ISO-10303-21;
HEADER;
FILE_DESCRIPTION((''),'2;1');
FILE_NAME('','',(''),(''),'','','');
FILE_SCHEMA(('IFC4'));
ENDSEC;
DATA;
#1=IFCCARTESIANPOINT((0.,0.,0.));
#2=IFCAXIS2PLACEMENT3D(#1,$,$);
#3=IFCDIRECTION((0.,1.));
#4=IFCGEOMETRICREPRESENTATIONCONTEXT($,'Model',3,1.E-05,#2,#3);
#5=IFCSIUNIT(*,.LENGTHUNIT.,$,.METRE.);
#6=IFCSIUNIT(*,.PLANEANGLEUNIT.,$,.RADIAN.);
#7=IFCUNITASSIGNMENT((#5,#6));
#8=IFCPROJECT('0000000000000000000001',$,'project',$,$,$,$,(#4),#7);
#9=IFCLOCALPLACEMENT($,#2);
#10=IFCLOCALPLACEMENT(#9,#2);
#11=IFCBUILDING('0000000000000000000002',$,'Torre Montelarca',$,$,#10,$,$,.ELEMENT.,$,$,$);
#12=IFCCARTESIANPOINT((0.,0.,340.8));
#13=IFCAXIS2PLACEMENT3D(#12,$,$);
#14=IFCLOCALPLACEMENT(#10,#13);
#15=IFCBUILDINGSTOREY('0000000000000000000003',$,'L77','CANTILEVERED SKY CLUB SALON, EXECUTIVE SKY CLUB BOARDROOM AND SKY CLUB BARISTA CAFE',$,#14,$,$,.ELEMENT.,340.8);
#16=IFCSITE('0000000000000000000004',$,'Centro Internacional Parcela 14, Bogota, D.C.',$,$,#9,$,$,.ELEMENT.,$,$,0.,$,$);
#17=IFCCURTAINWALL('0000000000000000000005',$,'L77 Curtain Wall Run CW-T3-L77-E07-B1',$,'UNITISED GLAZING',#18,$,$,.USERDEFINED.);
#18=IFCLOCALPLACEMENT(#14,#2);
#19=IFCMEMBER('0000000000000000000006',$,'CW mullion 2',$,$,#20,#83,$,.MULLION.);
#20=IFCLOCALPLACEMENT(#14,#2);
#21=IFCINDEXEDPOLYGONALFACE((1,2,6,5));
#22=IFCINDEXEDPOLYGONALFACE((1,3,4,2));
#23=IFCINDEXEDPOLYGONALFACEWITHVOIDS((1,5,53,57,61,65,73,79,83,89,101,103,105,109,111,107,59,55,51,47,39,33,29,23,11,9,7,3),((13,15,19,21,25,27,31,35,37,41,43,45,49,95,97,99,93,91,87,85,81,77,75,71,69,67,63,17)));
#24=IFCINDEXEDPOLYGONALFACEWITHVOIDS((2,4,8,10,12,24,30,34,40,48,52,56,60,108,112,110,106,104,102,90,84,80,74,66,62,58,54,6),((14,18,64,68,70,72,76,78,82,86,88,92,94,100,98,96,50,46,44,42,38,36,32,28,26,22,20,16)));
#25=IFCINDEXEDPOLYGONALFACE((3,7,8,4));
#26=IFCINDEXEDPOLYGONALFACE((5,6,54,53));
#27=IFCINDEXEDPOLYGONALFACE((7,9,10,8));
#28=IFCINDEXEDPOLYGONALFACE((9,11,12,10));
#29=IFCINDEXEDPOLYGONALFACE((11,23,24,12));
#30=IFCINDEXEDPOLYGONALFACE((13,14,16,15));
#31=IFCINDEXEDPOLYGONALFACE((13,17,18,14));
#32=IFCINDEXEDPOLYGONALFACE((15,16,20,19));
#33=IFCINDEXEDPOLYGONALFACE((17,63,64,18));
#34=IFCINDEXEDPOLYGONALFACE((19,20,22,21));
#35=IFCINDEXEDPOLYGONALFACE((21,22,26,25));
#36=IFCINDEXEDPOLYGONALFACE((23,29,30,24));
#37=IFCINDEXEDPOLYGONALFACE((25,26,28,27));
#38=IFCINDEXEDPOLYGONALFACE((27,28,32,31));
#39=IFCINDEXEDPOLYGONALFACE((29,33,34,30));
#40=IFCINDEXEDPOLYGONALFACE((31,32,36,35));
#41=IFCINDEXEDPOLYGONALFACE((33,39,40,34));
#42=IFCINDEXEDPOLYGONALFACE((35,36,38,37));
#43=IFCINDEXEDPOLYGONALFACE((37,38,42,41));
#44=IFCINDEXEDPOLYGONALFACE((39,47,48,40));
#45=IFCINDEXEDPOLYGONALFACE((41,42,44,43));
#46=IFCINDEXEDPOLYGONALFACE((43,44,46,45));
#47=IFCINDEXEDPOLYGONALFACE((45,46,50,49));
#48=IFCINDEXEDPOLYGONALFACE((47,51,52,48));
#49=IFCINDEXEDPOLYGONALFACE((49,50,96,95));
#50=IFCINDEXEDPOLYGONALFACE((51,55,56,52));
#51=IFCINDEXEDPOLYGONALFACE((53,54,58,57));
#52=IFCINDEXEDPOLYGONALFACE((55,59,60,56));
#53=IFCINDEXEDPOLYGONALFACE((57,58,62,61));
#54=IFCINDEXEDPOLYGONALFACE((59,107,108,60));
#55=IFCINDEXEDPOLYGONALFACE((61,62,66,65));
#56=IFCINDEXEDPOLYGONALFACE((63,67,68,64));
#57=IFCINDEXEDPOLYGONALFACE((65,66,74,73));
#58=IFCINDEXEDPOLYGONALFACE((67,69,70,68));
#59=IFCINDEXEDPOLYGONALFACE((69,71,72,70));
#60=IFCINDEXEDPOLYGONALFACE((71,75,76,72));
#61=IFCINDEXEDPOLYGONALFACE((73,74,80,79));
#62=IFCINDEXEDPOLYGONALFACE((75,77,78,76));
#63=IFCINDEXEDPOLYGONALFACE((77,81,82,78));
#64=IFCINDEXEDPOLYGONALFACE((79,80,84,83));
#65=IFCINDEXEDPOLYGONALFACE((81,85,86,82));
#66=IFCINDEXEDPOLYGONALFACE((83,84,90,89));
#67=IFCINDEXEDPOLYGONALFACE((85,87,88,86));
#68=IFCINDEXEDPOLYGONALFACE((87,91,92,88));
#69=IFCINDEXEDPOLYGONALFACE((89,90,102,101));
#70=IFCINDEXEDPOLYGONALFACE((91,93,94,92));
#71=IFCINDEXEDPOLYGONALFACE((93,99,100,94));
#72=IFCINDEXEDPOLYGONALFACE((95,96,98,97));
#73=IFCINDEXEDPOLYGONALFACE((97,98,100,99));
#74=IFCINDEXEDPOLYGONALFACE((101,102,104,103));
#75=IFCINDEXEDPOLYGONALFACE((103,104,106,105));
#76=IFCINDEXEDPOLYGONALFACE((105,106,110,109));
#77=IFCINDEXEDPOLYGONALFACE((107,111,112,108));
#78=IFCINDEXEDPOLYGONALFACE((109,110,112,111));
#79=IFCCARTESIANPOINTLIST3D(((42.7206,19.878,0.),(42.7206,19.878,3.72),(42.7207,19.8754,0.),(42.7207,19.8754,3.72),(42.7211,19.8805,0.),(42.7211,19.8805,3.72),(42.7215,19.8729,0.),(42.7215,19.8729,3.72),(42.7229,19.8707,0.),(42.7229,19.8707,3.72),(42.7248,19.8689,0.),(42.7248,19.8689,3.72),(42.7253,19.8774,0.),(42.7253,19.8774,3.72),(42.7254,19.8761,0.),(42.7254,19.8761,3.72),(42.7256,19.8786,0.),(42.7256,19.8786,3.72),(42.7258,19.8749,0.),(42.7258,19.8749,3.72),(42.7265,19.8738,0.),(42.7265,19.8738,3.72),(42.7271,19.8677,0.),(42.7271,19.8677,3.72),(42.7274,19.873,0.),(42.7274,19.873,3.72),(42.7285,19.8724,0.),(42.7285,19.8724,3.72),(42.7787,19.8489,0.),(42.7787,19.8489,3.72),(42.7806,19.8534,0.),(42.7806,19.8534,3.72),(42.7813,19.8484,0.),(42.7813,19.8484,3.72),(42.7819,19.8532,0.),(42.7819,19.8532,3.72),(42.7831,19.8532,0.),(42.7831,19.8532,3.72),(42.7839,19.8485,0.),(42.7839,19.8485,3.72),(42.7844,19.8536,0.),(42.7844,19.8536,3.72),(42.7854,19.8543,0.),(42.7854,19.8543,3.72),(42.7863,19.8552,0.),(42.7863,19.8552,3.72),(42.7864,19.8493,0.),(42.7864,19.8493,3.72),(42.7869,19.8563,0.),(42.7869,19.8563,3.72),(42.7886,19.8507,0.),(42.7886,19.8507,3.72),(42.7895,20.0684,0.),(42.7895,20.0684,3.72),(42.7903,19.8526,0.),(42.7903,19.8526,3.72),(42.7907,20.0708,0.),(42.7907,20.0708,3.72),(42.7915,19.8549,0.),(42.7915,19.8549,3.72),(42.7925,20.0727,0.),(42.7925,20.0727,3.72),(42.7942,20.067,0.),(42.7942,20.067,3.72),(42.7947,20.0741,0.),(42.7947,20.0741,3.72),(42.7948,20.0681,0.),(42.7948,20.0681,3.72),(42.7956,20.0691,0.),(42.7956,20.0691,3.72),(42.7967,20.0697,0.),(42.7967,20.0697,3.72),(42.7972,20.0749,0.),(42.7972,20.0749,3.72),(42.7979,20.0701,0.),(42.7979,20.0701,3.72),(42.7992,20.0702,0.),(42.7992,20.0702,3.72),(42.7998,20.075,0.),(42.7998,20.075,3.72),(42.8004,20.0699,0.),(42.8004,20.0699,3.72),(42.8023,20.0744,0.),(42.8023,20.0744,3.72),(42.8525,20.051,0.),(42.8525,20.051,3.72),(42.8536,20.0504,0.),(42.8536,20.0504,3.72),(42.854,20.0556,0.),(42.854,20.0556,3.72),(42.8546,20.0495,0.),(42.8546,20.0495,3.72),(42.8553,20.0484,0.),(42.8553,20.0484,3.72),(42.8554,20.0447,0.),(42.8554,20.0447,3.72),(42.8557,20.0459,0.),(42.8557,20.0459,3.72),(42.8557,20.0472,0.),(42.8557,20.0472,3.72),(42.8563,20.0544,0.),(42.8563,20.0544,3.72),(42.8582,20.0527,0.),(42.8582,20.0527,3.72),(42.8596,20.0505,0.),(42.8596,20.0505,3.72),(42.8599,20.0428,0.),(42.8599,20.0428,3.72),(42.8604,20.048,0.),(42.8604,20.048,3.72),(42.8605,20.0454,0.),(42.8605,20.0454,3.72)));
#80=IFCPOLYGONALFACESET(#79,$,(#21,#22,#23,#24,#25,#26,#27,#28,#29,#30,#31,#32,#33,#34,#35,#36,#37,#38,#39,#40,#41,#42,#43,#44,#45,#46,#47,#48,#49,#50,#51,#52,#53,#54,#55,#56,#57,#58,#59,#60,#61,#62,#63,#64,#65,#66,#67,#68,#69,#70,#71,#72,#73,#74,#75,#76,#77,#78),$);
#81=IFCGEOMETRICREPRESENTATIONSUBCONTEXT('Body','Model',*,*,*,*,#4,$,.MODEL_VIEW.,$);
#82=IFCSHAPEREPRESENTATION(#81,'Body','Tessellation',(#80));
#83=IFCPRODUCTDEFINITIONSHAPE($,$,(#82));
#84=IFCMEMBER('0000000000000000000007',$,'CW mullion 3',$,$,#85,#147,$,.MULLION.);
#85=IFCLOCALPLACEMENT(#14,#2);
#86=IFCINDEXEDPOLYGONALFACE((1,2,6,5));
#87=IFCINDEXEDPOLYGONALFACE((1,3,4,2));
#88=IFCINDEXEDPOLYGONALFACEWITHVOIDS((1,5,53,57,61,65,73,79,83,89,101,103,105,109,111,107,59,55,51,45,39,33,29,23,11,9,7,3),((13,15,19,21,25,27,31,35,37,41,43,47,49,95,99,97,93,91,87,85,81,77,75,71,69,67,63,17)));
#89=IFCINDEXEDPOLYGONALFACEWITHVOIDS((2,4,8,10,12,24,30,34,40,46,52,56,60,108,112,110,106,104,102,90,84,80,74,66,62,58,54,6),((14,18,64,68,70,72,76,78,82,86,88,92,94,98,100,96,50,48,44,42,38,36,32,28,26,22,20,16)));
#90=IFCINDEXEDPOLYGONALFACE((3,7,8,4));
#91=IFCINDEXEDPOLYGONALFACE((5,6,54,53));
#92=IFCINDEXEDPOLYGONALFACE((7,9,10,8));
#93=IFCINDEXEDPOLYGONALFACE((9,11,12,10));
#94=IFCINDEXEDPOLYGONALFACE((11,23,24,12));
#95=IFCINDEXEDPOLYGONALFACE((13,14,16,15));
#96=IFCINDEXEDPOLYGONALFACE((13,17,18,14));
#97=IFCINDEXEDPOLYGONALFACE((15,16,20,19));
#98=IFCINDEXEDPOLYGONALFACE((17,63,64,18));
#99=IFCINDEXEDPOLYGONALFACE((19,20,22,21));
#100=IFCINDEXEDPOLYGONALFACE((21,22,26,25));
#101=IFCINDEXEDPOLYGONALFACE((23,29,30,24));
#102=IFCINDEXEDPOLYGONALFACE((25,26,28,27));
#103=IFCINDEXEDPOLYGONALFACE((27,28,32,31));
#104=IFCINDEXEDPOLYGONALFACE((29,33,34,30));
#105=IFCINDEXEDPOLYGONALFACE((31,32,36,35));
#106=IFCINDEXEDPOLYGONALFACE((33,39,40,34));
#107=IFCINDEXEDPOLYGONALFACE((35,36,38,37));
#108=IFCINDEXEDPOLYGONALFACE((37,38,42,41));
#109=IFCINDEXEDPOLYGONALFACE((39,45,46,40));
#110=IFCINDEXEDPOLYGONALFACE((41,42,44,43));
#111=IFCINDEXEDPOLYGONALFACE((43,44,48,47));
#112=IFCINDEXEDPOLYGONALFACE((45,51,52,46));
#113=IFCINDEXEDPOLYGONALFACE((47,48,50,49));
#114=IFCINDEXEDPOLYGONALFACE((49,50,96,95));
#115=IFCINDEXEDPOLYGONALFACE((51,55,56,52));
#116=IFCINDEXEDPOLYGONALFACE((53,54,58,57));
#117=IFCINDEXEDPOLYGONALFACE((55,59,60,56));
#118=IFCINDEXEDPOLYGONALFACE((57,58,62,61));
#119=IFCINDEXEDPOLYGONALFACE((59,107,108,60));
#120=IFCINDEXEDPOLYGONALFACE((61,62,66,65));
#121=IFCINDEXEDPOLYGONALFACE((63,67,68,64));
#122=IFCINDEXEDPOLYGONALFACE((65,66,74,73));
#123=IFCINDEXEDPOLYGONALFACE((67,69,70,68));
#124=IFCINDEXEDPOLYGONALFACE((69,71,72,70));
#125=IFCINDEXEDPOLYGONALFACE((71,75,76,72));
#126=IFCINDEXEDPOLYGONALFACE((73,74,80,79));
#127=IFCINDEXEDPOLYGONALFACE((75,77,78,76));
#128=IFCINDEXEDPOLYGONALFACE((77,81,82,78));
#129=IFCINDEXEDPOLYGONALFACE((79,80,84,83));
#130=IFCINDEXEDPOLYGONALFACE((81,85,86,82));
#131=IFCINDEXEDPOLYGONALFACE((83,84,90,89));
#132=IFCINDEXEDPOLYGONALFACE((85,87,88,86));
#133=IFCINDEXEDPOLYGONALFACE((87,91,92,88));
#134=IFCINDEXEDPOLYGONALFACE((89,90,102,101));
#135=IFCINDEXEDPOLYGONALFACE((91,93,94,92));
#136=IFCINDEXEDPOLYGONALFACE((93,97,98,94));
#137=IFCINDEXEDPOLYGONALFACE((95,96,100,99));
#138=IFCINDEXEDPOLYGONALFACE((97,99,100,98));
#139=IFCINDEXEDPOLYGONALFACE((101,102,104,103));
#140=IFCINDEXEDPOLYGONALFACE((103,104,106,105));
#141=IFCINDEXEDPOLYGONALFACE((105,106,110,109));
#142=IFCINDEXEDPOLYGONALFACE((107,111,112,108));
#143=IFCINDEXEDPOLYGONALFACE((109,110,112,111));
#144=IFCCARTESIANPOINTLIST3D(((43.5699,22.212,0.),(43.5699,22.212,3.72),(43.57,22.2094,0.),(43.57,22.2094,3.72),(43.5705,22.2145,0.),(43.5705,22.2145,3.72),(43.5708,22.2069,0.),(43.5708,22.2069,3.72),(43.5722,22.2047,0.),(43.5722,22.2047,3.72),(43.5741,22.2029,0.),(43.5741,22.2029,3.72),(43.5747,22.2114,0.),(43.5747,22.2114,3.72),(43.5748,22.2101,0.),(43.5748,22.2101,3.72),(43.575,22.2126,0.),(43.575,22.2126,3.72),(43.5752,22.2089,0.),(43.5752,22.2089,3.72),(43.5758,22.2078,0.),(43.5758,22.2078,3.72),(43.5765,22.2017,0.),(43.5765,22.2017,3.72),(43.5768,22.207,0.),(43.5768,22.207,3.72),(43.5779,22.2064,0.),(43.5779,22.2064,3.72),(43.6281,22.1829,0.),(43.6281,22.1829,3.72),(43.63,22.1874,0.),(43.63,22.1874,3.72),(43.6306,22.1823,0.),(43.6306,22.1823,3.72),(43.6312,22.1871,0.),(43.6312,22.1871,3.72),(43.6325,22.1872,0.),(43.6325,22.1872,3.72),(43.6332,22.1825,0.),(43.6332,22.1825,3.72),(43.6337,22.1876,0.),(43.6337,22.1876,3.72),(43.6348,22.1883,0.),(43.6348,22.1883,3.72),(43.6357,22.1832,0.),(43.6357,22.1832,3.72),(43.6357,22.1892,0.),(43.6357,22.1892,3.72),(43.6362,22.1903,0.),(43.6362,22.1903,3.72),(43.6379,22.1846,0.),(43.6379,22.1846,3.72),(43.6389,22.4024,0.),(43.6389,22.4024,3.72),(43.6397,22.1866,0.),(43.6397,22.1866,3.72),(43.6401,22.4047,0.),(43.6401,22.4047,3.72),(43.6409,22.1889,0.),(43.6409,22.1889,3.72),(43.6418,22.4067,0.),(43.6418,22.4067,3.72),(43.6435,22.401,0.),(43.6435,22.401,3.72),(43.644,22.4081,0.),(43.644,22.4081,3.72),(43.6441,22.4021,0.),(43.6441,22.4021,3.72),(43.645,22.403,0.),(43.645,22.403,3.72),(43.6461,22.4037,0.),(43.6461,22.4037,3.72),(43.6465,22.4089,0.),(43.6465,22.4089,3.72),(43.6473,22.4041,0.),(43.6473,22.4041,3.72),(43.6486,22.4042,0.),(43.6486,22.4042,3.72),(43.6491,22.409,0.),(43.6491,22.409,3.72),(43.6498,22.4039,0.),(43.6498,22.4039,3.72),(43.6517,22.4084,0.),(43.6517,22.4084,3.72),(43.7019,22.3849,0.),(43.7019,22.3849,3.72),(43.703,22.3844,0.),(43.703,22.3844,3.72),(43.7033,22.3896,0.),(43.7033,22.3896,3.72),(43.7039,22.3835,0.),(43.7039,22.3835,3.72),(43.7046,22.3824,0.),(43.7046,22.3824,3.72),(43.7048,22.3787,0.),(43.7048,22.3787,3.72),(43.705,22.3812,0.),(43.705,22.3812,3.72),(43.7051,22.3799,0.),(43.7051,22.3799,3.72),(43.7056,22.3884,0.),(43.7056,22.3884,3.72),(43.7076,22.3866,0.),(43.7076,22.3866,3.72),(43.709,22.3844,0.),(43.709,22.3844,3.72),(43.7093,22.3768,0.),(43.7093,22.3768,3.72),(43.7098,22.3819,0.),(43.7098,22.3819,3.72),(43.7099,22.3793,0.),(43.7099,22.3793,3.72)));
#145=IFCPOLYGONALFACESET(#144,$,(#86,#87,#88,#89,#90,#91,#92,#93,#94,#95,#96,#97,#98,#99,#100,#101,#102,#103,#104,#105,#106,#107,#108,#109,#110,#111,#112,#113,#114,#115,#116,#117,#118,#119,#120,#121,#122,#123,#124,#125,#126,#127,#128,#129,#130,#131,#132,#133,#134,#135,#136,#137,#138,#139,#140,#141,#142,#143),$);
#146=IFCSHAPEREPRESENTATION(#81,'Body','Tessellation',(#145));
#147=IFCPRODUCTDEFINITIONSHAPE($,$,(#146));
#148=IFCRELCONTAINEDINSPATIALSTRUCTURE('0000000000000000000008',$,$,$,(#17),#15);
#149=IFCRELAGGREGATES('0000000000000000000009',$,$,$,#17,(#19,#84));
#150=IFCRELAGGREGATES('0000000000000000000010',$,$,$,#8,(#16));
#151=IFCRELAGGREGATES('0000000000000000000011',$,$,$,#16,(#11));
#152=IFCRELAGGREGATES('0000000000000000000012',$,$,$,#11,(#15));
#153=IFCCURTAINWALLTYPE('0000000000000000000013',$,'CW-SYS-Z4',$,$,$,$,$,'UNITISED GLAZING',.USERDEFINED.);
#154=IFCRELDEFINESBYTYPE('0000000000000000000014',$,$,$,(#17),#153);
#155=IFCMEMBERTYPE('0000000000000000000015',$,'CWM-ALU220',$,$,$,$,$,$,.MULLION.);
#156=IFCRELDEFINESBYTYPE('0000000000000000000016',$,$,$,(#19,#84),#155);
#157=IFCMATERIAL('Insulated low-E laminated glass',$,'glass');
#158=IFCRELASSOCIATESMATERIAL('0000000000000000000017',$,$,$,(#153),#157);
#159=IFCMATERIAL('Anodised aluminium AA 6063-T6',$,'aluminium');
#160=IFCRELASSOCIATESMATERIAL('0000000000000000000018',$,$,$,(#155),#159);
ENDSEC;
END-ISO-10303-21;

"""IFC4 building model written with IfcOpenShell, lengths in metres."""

from ifc_helpers import new_model, si_unit, direction, frame, origin, origin_2d, place, context, subcontext, project, spatial, hollow_rectangle, extrude, source, transform, mapped, material, material_profile, profile_set, type_object, element, aggregate, save


model = new_model("IFC4")

# Units and contexts
model_context = context("Model", 3, precision=1e-05, world=origin(), true_north=direction((0.0, 1.0)))
body_context = subcontext(model_context, "Body", "Model", "MODEL_VIEW")
ifc_project = project(units=[si_unit("LENGTHUNIT", "METRE"), si_unit("PLANEANGLEUNIT", "RADIAN")], contexts=[model_context])

# Site, building, storey
site_placement = place(None, origin())
site = spatial("IfcSite", under=ifc_project, at=site_placement, Name="Centro Internacional Parcela 14, Bogota, D.C.", CompositionType="ELEMENT", RefElevation=0.0)
building_placement = place(site_placement, origin())
building = spatial("IfcBuilding", under=site, at=building_placement, Name="Torre Montelarca", CompositionType="ELEMENT")
storey_placement = place(building_placement, frame((0.0, 0.0, 340.8)))
storey = spatial("IfcBuildingStorey", under=building, at=storey_placement, Name="L77", Description="CANTILEVERED SKY CLUB SALON, EXECUTIVE SKY CLUB BOARDROOM AND SKY CLUB BARISTA CAFE", CompositionType="ELEMENT", Elevation=340.8)

# Curtain wall, members
ifc_material_1 = material(Name="Insulated low-E laminated glass", Category="glass")
curtain_wall_type = type_object("IfcCurtainWallType", Name="CW-SYS-Z4", ElementType="UNITISED GLAZING", PredefinedType="USERDEFINED", material=ifc_material_1)
ifc_material_2 = material(Name="Anodised aluminium AA 6063-T6", Category="aluminium")
ifc_material_profile_1 = material_profile(ifc_material_2, hollow_rectangle(XDim=0.075, YDim=0.22, WallThickness=0.0049, InnerFilletRadius=0.0049, OuterFilletRadius=0.01, at=origin_2d()), Name="ALU75X220X5", Category="aluminium")
ifc_profile_set_1 = profile_set([ifc_material_profile_1], Name="Anodised aluminium AA 6063-T6")
member_type_1 = type_object("IfcMemberType", Name="CWM-ALU220", PredefinedType="MULLION", material=ifc_profile_set_1)
shared_shape_1 = source(origin(), body_context, "Body", "SweptSolid", [
    extrude(hollow_rectangle(XDim=0.075, YDim=0.22, WallThickness=0.0049, InnerFilletRadius=0.0049, OuterFilletRadius=0.01, at=origin_2d()), origin(), (0.0, 0.0, 1.0), 3.72),
])
curtain_wall_1_placement = place(storey_placement, origin())
curtain_wall_1 = element("IfcCurtainWall", 1, at=curtain_wall_1_placement, inside=storey, type_object=curtain_wall_type, Name="L77 Curtain Wall Run CW-T3-L77-E07-B1", ObjectType="UNITISED GLAZING", PredefinedType="USERDEFINED")
member_1_placement = place(storey_placement, frame((42.7905, 19.9617, 0.0), z_axis=(0.0, 0.0, 1.0), x_axis=(-0.939694, 0.342015, 0.0)))
member_1 = element("IfcMember", 2, at=member_1_placement, type_object=member_type_1, Name="CW mullion 2", PredefinedType="MULLION", context=body_context, shape_type="MappedRepresentation", body=[
    mapped(shared_shape_1, transform((0.0, 0.0, 0.0), scale=1.0)),
])
member_2_placement = place(storey_placement, frame((43.6399, 22.2957, 0.0), z_axis=(0.0, 0.0, 1.0), x_axis=(-0.939694, 0.342015, 0.0)))
member_2 = element("IfcMember", 3, at=member_2_placement, type_object=member_type_1, Name="CW mullion 3", PredefinedType="MULLION", context=body_context, shape_type="MappedRepresentation", body=[
    mapped(shared_shape_1, transform((0.0, 0.0, 0.0), scale=1.0)),
])

aggregate(curtain_wall_1, [member_1, member_2])

save(model, "model.ifc")
